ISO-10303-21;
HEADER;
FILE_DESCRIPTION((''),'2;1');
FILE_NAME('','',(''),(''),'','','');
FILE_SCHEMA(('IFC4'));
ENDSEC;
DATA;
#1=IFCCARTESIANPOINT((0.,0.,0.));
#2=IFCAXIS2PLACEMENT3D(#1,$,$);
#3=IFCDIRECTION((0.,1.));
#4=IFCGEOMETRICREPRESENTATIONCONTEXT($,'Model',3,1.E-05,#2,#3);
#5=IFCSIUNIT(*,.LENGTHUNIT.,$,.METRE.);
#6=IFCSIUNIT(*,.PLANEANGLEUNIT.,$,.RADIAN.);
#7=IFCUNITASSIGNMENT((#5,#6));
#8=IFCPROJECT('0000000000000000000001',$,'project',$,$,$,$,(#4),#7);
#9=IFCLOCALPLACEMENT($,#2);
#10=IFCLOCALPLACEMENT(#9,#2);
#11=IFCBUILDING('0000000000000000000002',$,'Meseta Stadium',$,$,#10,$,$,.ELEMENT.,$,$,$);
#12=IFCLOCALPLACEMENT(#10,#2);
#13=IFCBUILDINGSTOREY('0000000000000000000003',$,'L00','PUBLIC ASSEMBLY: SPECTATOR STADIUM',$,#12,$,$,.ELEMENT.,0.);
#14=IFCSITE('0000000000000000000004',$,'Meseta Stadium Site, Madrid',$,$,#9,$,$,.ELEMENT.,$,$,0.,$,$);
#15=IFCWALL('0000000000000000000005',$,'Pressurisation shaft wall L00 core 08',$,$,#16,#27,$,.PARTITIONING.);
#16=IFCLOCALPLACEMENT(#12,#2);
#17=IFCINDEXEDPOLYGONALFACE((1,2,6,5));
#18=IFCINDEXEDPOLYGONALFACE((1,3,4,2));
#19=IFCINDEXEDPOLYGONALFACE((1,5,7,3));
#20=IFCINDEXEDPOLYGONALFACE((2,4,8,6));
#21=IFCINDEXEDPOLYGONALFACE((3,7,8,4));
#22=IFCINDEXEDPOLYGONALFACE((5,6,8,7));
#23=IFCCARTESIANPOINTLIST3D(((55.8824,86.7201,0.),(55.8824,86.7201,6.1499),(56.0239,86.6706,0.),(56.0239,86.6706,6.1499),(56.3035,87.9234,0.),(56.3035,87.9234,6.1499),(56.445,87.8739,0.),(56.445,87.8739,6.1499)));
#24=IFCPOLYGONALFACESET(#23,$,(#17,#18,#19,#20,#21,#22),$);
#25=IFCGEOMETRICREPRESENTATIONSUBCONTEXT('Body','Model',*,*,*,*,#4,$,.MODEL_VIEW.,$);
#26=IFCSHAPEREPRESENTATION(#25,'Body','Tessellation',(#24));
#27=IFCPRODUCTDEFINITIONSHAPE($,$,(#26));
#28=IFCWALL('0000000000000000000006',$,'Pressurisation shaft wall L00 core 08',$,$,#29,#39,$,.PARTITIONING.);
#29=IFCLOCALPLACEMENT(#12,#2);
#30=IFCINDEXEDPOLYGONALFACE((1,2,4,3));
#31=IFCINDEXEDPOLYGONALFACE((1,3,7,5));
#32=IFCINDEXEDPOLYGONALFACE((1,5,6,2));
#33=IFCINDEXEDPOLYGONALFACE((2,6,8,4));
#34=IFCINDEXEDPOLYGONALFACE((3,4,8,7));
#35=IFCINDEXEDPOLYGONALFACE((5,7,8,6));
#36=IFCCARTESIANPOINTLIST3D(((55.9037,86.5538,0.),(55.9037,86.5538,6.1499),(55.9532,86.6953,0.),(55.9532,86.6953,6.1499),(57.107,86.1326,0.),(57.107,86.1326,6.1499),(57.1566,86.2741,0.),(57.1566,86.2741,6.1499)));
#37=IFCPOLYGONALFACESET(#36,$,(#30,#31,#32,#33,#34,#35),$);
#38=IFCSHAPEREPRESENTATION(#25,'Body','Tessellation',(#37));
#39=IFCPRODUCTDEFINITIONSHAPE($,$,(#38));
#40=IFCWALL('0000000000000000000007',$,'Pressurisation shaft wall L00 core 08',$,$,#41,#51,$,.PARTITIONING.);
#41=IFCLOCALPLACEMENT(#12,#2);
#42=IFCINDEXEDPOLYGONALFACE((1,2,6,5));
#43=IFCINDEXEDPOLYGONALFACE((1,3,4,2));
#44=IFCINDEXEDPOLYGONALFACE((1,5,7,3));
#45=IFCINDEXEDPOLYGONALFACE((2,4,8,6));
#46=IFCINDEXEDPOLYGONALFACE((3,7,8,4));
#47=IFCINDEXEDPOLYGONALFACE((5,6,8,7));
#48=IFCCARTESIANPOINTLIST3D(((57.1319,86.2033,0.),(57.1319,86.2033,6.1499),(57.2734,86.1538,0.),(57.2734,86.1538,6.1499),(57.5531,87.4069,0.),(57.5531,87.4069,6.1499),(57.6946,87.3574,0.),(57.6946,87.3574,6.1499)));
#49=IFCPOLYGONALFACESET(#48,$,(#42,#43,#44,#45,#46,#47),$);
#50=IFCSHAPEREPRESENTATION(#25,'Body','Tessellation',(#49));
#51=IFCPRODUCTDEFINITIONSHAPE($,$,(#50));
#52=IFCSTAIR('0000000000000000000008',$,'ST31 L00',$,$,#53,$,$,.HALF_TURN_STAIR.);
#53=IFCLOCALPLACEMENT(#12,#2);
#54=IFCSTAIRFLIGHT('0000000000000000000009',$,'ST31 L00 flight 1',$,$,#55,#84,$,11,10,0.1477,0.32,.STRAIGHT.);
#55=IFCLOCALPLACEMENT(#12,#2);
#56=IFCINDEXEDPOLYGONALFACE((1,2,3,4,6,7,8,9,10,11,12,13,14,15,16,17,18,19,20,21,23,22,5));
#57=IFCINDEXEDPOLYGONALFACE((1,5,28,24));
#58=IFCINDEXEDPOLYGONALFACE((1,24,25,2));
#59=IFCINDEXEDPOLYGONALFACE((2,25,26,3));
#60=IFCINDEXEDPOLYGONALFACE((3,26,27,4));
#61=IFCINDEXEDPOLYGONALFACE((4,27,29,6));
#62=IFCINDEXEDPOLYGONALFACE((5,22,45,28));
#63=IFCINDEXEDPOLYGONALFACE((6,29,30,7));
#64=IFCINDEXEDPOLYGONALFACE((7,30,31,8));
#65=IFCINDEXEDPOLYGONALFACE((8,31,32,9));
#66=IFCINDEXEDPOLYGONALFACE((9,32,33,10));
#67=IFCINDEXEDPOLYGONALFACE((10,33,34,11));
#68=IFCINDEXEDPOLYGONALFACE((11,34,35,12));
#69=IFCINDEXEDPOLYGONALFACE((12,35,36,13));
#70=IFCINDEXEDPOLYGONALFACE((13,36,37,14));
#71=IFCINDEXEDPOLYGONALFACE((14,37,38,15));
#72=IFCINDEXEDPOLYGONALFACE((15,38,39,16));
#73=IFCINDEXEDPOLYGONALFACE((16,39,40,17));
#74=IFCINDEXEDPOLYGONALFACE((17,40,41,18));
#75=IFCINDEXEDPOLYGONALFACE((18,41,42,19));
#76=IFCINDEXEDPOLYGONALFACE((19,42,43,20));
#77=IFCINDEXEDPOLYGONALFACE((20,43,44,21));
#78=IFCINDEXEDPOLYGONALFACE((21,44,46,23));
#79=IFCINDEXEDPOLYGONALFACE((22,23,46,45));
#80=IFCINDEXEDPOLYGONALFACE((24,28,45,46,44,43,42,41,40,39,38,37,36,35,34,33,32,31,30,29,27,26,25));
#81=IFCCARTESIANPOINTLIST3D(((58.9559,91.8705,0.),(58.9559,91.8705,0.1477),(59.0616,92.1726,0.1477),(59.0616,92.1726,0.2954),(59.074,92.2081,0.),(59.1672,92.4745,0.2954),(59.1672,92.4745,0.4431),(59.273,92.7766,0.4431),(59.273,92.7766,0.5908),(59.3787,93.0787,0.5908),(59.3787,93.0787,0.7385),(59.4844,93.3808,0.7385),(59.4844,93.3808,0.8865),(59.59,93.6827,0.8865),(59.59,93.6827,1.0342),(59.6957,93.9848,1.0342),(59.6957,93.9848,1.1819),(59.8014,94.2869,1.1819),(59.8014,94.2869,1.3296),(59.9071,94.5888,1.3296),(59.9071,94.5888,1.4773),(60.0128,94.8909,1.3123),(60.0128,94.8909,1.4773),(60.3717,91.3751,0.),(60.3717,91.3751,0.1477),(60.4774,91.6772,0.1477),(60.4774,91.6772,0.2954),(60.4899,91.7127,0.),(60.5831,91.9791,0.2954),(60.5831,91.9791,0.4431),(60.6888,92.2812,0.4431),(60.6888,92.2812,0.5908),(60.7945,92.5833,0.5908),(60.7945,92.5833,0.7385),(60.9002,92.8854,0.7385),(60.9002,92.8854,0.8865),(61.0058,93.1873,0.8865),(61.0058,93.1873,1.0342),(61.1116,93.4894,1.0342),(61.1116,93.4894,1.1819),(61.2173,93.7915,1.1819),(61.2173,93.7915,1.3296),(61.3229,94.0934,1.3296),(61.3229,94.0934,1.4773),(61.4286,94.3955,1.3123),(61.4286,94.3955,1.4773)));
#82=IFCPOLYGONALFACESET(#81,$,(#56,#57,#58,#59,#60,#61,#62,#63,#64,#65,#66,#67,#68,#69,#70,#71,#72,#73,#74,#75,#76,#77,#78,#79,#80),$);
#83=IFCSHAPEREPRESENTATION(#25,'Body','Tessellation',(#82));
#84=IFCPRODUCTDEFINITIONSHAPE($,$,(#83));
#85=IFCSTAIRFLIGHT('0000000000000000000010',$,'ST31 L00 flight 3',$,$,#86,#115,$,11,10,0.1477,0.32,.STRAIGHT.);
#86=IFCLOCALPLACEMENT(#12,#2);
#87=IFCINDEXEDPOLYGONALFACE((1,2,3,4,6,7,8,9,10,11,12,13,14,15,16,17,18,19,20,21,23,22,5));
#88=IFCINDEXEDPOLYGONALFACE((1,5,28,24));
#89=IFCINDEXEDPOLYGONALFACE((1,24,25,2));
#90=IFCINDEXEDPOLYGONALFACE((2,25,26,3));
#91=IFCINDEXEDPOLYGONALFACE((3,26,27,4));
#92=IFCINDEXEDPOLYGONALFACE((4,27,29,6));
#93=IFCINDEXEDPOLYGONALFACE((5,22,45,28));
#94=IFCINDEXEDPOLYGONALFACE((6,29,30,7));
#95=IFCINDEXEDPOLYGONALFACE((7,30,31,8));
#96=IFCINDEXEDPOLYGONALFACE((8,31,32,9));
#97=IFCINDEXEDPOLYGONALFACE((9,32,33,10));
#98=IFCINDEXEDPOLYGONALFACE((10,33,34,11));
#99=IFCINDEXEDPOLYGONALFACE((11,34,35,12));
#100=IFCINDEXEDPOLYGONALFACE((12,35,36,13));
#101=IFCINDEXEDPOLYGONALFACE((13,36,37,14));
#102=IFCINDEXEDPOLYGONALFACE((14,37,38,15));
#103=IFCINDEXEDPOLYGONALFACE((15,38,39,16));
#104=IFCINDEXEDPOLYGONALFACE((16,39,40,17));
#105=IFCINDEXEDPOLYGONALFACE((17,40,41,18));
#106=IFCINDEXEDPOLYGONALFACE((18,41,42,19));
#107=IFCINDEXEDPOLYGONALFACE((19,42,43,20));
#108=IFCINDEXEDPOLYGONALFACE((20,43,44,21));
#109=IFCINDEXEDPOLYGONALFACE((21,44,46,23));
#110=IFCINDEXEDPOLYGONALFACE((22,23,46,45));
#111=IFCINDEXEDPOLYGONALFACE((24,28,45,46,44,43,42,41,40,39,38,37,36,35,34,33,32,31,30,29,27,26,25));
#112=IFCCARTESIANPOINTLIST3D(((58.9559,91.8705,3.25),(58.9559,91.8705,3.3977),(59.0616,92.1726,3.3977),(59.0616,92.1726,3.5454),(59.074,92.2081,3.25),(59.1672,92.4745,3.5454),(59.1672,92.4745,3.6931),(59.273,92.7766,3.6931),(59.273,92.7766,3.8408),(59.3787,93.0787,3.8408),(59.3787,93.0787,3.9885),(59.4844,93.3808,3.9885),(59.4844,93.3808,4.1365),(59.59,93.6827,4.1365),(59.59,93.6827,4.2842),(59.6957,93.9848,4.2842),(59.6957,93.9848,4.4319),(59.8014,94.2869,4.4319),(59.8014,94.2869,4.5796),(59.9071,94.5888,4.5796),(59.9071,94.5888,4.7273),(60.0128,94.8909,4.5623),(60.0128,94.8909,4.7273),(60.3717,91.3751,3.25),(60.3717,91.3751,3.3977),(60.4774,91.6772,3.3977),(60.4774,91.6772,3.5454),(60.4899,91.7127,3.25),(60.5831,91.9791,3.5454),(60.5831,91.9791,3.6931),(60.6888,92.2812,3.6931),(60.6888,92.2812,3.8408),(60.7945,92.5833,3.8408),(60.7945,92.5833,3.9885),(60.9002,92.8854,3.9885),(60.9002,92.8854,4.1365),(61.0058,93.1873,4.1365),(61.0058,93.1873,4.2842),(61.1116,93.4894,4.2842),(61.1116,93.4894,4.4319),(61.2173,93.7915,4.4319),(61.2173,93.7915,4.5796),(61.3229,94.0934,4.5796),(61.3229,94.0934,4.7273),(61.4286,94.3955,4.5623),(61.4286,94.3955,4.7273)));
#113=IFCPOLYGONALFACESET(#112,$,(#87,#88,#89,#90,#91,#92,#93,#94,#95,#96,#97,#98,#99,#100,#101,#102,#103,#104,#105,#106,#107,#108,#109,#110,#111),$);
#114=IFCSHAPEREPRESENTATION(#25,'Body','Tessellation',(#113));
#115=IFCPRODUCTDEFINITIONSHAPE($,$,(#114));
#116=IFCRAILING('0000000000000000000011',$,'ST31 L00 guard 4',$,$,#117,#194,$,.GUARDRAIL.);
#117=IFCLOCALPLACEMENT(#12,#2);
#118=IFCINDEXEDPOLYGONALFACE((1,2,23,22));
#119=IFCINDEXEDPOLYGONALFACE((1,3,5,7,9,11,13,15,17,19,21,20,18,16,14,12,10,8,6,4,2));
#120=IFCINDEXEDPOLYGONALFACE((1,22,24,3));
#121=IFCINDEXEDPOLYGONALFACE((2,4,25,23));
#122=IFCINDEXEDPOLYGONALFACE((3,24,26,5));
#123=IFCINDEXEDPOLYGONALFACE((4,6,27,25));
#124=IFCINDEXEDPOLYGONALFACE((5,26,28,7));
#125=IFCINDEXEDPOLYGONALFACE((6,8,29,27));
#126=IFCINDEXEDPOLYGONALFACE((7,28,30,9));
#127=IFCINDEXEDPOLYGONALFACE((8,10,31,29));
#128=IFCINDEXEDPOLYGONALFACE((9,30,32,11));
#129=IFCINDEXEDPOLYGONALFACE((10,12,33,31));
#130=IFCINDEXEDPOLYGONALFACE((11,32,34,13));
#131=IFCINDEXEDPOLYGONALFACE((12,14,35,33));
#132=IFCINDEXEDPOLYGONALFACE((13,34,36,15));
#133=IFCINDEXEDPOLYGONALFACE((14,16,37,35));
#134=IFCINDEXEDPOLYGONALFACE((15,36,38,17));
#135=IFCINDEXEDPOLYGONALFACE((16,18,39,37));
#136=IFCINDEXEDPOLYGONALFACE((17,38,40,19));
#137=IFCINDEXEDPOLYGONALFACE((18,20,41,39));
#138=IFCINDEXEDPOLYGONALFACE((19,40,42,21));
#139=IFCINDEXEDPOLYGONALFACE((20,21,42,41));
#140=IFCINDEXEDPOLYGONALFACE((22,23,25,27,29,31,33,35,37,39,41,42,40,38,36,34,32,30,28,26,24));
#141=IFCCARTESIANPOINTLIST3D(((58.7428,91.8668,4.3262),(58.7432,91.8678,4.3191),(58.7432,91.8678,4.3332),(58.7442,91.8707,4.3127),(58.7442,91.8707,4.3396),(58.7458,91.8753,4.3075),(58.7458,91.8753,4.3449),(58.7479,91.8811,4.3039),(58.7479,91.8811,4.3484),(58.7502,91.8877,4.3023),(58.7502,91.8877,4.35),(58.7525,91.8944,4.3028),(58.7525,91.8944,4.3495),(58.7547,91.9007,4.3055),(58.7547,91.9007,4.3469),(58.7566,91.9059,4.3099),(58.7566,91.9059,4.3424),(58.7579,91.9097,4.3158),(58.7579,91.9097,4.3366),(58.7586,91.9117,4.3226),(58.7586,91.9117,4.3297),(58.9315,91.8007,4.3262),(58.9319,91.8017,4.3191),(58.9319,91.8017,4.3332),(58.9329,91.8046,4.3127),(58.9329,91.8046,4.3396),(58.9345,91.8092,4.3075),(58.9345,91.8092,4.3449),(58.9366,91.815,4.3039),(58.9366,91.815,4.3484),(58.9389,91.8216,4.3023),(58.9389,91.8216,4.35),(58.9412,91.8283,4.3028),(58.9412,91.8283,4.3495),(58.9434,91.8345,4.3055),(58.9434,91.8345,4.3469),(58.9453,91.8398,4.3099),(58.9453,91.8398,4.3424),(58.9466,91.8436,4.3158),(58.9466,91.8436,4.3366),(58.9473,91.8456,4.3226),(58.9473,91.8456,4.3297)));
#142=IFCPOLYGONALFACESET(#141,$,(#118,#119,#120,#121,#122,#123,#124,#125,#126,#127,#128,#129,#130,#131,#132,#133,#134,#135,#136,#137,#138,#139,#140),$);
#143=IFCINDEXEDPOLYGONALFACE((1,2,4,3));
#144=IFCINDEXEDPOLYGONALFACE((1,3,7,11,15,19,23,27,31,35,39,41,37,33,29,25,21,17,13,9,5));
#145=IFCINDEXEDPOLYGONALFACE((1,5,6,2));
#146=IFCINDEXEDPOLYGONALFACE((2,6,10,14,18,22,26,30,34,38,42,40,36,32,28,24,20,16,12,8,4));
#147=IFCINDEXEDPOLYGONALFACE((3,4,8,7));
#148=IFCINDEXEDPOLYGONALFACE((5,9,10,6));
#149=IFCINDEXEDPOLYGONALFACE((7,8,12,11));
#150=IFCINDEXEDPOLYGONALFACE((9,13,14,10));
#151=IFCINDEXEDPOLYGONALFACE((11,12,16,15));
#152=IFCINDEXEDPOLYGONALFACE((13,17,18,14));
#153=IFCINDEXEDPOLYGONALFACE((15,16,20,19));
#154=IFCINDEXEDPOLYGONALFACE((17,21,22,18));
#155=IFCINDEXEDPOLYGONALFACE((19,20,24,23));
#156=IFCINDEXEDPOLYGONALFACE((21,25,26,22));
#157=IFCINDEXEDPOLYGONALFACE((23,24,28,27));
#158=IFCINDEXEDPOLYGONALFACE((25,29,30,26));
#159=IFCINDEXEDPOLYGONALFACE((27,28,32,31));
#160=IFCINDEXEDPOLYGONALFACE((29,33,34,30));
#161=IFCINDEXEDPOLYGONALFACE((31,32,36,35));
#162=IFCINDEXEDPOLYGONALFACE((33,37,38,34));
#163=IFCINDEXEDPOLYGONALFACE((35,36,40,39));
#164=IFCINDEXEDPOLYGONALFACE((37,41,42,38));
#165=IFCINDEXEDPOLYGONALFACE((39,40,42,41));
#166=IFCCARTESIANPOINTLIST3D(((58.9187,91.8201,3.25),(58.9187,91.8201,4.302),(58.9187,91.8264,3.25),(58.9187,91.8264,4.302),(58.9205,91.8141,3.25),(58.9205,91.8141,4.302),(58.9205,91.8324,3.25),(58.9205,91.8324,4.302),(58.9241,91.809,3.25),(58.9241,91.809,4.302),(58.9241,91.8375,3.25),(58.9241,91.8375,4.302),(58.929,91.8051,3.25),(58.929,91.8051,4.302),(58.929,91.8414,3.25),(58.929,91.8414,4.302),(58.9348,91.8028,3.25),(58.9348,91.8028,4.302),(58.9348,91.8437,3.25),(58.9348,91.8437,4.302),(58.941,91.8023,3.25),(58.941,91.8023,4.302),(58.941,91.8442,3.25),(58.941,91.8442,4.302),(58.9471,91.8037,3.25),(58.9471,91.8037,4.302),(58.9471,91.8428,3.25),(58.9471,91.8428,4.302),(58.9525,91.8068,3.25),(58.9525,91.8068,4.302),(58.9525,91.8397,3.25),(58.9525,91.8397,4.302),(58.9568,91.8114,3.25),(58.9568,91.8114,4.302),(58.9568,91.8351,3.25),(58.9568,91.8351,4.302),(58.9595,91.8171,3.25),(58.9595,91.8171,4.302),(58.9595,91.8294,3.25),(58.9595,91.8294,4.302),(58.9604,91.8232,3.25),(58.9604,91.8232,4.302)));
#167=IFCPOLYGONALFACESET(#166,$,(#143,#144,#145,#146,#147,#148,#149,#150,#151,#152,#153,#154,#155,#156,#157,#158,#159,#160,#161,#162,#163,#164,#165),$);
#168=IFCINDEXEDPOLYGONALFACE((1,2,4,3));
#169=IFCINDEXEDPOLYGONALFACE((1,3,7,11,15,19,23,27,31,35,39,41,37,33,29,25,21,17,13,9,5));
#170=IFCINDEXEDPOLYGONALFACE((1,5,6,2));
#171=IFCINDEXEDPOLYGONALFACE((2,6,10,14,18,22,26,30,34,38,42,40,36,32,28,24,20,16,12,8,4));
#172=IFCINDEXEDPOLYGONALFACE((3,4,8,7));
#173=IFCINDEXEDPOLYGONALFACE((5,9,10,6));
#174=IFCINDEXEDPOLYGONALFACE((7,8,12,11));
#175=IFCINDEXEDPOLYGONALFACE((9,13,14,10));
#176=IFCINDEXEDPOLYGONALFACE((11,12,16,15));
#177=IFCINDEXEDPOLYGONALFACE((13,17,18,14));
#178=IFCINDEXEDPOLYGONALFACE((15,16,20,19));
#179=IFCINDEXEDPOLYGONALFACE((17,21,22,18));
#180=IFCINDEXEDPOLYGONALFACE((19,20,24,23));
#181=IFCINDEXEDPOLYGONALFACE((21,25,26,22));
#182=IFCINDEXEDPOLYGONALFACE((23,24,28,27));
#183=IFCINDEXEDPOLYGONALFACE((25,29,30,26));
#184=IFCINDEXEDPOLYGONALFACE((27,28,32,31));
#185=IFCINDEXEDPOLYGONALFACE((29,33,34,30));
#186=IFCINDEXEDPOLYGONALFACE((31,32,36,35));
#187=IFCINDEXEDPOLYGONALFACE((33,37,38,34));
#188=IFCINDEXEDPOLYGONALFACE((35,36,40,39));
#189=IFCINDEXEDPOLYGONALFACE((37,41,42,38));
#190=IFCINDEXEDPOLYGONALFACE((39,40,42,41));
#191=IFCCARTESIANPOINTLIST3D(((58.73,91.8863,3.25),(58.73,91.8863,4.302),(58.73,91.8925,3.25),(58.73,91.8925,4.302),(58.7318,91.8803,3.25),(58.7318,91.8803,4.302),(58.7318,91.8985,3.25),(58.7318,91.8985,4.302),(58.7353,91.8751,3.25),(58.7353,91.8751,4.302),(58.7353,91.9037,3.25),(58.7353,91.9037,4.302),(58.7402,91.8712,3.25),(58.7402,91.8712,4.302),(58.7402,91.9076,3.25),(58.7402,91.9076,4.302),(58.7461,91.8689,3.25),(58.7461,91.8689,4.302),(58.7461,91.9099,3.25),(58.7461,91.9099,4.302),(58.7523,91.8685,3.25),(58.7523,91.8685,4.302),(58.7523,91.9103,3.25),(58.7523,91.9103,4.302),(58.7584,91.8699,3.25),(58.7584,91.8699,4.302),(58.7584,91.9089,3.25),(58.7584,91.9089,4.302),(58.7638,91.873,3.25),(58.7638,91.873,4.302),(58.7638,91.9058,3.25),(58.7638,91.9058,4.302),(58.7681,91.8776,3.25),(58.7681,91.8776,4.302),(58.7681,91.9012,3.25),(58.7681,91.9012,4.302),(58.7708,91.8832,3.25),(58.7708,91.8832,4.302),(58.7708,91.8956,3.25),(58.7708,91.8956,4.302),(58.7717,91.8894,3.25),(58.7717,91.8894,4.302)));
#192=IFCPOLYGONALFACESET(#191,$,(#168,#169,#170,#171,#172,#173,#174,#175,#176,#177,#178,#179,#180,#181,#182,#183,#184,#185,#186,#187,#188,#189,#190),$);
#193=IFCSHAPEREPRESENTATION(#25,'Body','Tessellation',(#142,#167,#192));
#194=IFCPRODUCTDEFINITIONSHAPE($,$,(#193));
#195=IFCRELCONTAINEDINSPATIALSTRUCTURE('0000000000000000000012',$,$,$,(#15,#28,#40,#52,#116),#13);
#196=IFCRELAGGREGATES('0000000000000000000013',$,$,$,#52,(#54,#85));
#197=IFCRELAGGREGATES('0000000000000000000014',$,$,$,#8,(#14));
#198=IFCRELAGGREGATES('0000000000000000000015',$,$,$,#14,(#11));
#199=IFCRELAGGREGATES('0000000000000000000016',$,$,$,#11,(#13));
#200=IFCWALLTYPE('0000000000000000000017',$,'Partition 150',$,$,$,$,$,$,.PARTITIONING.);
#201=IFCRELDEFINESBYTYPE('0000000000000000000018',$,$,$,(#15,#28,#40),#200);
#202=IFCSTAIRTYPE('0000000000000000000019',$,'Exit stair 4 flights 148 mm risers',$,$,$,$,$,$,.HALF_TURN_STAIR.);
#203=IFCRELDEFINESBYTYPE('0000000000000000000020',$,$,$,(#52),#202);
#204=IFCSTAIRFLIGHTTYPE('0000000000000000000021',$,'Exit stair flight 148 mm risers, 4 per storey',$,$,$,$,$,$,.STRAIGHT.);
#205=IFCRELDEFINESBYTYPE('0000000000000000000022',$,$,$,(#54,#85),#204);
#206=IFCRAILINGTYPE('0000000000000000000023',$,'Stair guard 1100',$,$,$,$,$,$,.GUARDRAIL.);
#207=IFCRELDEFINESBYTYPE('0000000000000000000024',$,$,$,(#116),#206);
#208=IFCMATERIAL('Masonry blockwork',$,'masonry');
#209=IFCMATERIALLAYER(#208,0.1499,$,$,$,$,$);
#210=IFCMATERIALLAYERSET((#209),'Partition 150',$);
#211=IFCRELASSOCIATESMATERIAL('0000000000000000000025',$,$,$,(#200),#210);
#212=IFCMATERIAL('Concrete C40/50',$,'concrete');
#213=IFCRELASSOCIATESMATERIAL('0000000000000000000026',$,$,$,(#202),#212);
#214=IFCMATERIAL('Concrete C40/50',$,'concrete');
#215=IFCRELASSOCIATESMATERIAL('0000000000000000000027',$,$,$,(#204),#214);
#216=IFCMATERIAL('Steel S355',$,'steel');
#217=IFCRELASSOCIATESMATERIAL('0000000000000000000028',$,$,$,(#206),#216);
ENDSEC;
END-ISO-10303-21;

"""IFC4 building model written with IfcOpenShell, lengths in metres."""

from ifc_helpers import new_model, si_unit, direction, frame, frame_2d, origin, origin_2d, place, context, subcontext, project, spatial, polyline, rectangle, circle, outline, extrude, material, layer, layer_set, type_object, element, aggregate, save


model = new_model("IFC4")

# Units and contexts
model_context = context("Model", 3, precision=1e-05, world=origin(), true_north=direction((0.0, 1.0)))
body_context = subcontext(model_context, "Body", "Model", "MODEL_VIEW")
ifc_project = project(units=[si_unit("LENGTHUNIT", "METRE"), si_unit("PLANEANGLEUNIT", "RADIAN")], contexts=[model_context])

# Site, building, storey
site_placement = place(None, origin())
site = spatial("IfcSite", under=ifc_project, at=site_placement, Name="Meseta Stadium Site, Madrid", CompositionType="ELEMENT", RefElevation=0.0)
building_placement = place(site_placement, origin())
building = spatial("IfcBuilding", under=site, at=building_placement, Name="Meseta Stadium", CompositionType="ELEMENT")
storey_placement = place(building_placement, origin())
storey = spatial("IfcBuildingStorey", under=building, at=storey_placement, Name="L00", Description="PUBLIC ASSEMBLY: SPECTATOR STADIUM", CompositionType="ELEMENT", Elevation=0.0)

# Walls
ifc_material_1 = material(Name="Masonry blockwork", Category="masonry")
ifc_layer_1 = layer(ifc_material_1, 0.1499)
ifc_layer_set_1 = layer_set([ifc_layer_1], Name="Partition 150")
wall_type_1 = type_object("IfcWallType", Name="Partition 150", PredefinedType="PARTITIONING", material=ifc_layer_set_1)
for number, where, z_axis, x_axis, name in (
    (1, (56.3743, 87.8987, 0.0), (0.0, 0.0, 1.0), (-0.330325, -0.943867, 0.0), "Pressurisation shaft wall L00 core 08"),
    (2, (55.9285, 86.6245, 0.0), (0.0, 0.0, 1.0), (0.943867, -0.330325, 0.0), "Pressurisation shaft wall L00 core 08"),
):
    element("IfcWall", number, at=place(storey_placement, frame(where, z_axis=z_axis, x_axis=x_axis)), inside=storey, type_object=wall_type_1, Name=name, PredefinedType="PARTITIONING", context=body_context, shape_type="SweptSolid", body=[
        extrude(rectangle(XDim=1.2749, YDim=0.1499, at=frame_2d((0.6375, 0.0))), origin(), (0.0, 0.0, 1.0), 6.1499),
    ])
wall_1_placement = place(storey_placement, frame((57.2026, 86.1785, 0.0), z_axis=(0.0, 0.0, 1.0), x_axis=(0.330265, 0.943888, 0.0)))
element("IfcWall", 3, at=wall_1_placement, inside=storey, type_object=wall_type_1, Name="Pressurisation shaft wall L00 core 08", PredefinedType="PARTITIONING", context=body_context, shape_type="SweptSolid", body=[
    extrude(rectangle(XDim=1.2751, YDim=0.1499, at=frame_2d((0.6377, 0.0))), origin(), (0.0, 0.0, 1.0), 6.1499),
])

# Stair, stair flights
ifc_material_2 = material(Name="Concrete C40/50", Category="concrete")
stair_type = type_object("IfcStairType", Name="Exit stair 4 flights 148 mm risers", PredefinedType="HALF_TURN_STAIR", material=ifc_material_2)
stair_placement = place(storey_placement, origin())
stair = element("IfcStair", 4, at=stair_placement, inside=storey, type_object=stair_type, Name="ST31 L00", PredefinedType="HALF_TURN_STAIR")
ifc_material_3 = material(Name="Concrete C40/50", Category="concrete")
stair_flight_type = type_object("IfcStairFlightType", Name="Exit stair flight 148 mm risers, 4 per storey", PredefinedType="STRAIGHT", material=ifc_material_3)
stair_flight_1_placement = place(storey_placement, frame((59.6638, 91.6228, 0.0), z_axis=(0.0, 0.0, 1.0), x_axis=(0.330279, 0.943883, 0.0)))
stair_flight_1 = element("IfcStairFlight", 5, at=stair_flight_1_placement, type_object=stair_flight_type, Name="ST31 L00 flight 1", NumberOfRisers=11, NumberOfTreads=10, PredefinedType="STRAIGHT", RiserHeight=0.1477, TreadLength=0.32, context=body_context, shape_type="SweptSolid", body=[
    extrude(outline(polyline([(0.0, 0.0), (0.0, 0.1477), (0.3201, 0.1477), (0.3201, 0.2954), (0.6399, 0.2954), (0.6399, 0.4431), (0.96, 0.4431), (0.96, 0.5908), (1.28, 0.5908), (1.28, 0.7385), (1.6001, 0.7385), (1.6001, 0.8865), (1.9199, 0.8865), (1.9199, 1.0342), (2.24, 1.0342), (2.24, 1.1819), (2.5601, 1.1819), (2.5601, 1.3296), (2.8799, 1.3296), (2.8799, 1.4773), (3.2, 1.4773), (3.2, 1.3123), (0.3577, 0.0), (0.0, 0.0)])), frame((0.0, 0.75, 0.0), z_axis=(0.0, -1.0, 0.0), x_axis=(1.0, 0.0, 0.0)), (0.0, 0.0, 1.0), 1.5),
])
stair_flight_2_placement = place(storey_placement, frame((59.6638, 91.6228, 3.25), z_axis=(0.0, 0.0, 1.0), x_axis=(0.330279, 0.943883, 0.0)))
stair_flight_2 = element("IfcStairFlight", 6, at=stair_flight_2_placement, type_object=stair_flight_type, Name="ST31 L00 flight 3", NumberOfRisers=11, NumberOfTreads=10, PredefinedType="STRAIGHT", RiserHeight=0.1477, TreadLength=0.32, context=body_context, shape_type="SweptSolid", body=[
    extrude(outline(polyline([(0.0, 0.0), (0.0, 0.1477), (0.3201, 0.1477), (0.3201, 0.2954), (0.6399, 0.2954), (0.6399, 0.4431), (0.96, 0.4431), (0.96, 0.5908), (1.28, 0.5908), (1.28, 0.7385), (1.6001, 0.7385), (1.6001, 0.8865), (1.9199, 0.8865), (1.9199, 1.0342), (2.24, 1.0342), (2.24, 1.1819), (2.5601, 1.1819), (2.5601, 1.3296), (2.8799, 1.3296), (2.8799, 1.4773), (3.2, 1.4773), (3.2, 1.3123), (0.3577, 0.0), (0.0, 0.0)])), frame((0.0, 0.75, 0.0), z_axis=(0.0, -1.0, 0.0), x_axis=(1.0, 0.0, 0.0)), (0.0, 0.0, 1.0), 1.5),
])
aggregate(stair, [stair_flight_1, stair_flight_2])

# Railing
ifc_material_4 = material(Name="Steel S355", Category="steel")
railing_type = type_object("IfcRailingType", Name="Stair guard 1100", PredefinedType="GUARDRAIL", material=ifc_material_4)
for number, where, name in (
    (7, (58.9395, 91.8232, 3.25), "ST31 L00 guard 4"),
):
    element("IfcRailing", number, at=place(storey_placement, frame(where)), inside=storey, type_object=railing_type, Name=name, PredefinedType="GUARDRAIL", context=body_context, shape_type="SweptSolid", body=[
        extrude(circle(Radius=0.0239, at=origin_2d()), frame((0.0, 0.0, 1.0762), z_axis=(-0.943687, 0.33084, 0.0), x_axis=(-0.33084, -0.943687, 0.0)), (0.0, 0.0, 1.0), 0.2),
        extrude(circle(Radius=0.021, at=origin_2d()), origin(), (0.0, 0.0, 1.0), 1.052),
        extrude(circle(Radius=0.021, at=origin_2d()), frame((-0.1887, 0.0662, 0.0)), (0.0, 0.0, 1.0), 1.052),
    ])

save(model, "model.ifc")
